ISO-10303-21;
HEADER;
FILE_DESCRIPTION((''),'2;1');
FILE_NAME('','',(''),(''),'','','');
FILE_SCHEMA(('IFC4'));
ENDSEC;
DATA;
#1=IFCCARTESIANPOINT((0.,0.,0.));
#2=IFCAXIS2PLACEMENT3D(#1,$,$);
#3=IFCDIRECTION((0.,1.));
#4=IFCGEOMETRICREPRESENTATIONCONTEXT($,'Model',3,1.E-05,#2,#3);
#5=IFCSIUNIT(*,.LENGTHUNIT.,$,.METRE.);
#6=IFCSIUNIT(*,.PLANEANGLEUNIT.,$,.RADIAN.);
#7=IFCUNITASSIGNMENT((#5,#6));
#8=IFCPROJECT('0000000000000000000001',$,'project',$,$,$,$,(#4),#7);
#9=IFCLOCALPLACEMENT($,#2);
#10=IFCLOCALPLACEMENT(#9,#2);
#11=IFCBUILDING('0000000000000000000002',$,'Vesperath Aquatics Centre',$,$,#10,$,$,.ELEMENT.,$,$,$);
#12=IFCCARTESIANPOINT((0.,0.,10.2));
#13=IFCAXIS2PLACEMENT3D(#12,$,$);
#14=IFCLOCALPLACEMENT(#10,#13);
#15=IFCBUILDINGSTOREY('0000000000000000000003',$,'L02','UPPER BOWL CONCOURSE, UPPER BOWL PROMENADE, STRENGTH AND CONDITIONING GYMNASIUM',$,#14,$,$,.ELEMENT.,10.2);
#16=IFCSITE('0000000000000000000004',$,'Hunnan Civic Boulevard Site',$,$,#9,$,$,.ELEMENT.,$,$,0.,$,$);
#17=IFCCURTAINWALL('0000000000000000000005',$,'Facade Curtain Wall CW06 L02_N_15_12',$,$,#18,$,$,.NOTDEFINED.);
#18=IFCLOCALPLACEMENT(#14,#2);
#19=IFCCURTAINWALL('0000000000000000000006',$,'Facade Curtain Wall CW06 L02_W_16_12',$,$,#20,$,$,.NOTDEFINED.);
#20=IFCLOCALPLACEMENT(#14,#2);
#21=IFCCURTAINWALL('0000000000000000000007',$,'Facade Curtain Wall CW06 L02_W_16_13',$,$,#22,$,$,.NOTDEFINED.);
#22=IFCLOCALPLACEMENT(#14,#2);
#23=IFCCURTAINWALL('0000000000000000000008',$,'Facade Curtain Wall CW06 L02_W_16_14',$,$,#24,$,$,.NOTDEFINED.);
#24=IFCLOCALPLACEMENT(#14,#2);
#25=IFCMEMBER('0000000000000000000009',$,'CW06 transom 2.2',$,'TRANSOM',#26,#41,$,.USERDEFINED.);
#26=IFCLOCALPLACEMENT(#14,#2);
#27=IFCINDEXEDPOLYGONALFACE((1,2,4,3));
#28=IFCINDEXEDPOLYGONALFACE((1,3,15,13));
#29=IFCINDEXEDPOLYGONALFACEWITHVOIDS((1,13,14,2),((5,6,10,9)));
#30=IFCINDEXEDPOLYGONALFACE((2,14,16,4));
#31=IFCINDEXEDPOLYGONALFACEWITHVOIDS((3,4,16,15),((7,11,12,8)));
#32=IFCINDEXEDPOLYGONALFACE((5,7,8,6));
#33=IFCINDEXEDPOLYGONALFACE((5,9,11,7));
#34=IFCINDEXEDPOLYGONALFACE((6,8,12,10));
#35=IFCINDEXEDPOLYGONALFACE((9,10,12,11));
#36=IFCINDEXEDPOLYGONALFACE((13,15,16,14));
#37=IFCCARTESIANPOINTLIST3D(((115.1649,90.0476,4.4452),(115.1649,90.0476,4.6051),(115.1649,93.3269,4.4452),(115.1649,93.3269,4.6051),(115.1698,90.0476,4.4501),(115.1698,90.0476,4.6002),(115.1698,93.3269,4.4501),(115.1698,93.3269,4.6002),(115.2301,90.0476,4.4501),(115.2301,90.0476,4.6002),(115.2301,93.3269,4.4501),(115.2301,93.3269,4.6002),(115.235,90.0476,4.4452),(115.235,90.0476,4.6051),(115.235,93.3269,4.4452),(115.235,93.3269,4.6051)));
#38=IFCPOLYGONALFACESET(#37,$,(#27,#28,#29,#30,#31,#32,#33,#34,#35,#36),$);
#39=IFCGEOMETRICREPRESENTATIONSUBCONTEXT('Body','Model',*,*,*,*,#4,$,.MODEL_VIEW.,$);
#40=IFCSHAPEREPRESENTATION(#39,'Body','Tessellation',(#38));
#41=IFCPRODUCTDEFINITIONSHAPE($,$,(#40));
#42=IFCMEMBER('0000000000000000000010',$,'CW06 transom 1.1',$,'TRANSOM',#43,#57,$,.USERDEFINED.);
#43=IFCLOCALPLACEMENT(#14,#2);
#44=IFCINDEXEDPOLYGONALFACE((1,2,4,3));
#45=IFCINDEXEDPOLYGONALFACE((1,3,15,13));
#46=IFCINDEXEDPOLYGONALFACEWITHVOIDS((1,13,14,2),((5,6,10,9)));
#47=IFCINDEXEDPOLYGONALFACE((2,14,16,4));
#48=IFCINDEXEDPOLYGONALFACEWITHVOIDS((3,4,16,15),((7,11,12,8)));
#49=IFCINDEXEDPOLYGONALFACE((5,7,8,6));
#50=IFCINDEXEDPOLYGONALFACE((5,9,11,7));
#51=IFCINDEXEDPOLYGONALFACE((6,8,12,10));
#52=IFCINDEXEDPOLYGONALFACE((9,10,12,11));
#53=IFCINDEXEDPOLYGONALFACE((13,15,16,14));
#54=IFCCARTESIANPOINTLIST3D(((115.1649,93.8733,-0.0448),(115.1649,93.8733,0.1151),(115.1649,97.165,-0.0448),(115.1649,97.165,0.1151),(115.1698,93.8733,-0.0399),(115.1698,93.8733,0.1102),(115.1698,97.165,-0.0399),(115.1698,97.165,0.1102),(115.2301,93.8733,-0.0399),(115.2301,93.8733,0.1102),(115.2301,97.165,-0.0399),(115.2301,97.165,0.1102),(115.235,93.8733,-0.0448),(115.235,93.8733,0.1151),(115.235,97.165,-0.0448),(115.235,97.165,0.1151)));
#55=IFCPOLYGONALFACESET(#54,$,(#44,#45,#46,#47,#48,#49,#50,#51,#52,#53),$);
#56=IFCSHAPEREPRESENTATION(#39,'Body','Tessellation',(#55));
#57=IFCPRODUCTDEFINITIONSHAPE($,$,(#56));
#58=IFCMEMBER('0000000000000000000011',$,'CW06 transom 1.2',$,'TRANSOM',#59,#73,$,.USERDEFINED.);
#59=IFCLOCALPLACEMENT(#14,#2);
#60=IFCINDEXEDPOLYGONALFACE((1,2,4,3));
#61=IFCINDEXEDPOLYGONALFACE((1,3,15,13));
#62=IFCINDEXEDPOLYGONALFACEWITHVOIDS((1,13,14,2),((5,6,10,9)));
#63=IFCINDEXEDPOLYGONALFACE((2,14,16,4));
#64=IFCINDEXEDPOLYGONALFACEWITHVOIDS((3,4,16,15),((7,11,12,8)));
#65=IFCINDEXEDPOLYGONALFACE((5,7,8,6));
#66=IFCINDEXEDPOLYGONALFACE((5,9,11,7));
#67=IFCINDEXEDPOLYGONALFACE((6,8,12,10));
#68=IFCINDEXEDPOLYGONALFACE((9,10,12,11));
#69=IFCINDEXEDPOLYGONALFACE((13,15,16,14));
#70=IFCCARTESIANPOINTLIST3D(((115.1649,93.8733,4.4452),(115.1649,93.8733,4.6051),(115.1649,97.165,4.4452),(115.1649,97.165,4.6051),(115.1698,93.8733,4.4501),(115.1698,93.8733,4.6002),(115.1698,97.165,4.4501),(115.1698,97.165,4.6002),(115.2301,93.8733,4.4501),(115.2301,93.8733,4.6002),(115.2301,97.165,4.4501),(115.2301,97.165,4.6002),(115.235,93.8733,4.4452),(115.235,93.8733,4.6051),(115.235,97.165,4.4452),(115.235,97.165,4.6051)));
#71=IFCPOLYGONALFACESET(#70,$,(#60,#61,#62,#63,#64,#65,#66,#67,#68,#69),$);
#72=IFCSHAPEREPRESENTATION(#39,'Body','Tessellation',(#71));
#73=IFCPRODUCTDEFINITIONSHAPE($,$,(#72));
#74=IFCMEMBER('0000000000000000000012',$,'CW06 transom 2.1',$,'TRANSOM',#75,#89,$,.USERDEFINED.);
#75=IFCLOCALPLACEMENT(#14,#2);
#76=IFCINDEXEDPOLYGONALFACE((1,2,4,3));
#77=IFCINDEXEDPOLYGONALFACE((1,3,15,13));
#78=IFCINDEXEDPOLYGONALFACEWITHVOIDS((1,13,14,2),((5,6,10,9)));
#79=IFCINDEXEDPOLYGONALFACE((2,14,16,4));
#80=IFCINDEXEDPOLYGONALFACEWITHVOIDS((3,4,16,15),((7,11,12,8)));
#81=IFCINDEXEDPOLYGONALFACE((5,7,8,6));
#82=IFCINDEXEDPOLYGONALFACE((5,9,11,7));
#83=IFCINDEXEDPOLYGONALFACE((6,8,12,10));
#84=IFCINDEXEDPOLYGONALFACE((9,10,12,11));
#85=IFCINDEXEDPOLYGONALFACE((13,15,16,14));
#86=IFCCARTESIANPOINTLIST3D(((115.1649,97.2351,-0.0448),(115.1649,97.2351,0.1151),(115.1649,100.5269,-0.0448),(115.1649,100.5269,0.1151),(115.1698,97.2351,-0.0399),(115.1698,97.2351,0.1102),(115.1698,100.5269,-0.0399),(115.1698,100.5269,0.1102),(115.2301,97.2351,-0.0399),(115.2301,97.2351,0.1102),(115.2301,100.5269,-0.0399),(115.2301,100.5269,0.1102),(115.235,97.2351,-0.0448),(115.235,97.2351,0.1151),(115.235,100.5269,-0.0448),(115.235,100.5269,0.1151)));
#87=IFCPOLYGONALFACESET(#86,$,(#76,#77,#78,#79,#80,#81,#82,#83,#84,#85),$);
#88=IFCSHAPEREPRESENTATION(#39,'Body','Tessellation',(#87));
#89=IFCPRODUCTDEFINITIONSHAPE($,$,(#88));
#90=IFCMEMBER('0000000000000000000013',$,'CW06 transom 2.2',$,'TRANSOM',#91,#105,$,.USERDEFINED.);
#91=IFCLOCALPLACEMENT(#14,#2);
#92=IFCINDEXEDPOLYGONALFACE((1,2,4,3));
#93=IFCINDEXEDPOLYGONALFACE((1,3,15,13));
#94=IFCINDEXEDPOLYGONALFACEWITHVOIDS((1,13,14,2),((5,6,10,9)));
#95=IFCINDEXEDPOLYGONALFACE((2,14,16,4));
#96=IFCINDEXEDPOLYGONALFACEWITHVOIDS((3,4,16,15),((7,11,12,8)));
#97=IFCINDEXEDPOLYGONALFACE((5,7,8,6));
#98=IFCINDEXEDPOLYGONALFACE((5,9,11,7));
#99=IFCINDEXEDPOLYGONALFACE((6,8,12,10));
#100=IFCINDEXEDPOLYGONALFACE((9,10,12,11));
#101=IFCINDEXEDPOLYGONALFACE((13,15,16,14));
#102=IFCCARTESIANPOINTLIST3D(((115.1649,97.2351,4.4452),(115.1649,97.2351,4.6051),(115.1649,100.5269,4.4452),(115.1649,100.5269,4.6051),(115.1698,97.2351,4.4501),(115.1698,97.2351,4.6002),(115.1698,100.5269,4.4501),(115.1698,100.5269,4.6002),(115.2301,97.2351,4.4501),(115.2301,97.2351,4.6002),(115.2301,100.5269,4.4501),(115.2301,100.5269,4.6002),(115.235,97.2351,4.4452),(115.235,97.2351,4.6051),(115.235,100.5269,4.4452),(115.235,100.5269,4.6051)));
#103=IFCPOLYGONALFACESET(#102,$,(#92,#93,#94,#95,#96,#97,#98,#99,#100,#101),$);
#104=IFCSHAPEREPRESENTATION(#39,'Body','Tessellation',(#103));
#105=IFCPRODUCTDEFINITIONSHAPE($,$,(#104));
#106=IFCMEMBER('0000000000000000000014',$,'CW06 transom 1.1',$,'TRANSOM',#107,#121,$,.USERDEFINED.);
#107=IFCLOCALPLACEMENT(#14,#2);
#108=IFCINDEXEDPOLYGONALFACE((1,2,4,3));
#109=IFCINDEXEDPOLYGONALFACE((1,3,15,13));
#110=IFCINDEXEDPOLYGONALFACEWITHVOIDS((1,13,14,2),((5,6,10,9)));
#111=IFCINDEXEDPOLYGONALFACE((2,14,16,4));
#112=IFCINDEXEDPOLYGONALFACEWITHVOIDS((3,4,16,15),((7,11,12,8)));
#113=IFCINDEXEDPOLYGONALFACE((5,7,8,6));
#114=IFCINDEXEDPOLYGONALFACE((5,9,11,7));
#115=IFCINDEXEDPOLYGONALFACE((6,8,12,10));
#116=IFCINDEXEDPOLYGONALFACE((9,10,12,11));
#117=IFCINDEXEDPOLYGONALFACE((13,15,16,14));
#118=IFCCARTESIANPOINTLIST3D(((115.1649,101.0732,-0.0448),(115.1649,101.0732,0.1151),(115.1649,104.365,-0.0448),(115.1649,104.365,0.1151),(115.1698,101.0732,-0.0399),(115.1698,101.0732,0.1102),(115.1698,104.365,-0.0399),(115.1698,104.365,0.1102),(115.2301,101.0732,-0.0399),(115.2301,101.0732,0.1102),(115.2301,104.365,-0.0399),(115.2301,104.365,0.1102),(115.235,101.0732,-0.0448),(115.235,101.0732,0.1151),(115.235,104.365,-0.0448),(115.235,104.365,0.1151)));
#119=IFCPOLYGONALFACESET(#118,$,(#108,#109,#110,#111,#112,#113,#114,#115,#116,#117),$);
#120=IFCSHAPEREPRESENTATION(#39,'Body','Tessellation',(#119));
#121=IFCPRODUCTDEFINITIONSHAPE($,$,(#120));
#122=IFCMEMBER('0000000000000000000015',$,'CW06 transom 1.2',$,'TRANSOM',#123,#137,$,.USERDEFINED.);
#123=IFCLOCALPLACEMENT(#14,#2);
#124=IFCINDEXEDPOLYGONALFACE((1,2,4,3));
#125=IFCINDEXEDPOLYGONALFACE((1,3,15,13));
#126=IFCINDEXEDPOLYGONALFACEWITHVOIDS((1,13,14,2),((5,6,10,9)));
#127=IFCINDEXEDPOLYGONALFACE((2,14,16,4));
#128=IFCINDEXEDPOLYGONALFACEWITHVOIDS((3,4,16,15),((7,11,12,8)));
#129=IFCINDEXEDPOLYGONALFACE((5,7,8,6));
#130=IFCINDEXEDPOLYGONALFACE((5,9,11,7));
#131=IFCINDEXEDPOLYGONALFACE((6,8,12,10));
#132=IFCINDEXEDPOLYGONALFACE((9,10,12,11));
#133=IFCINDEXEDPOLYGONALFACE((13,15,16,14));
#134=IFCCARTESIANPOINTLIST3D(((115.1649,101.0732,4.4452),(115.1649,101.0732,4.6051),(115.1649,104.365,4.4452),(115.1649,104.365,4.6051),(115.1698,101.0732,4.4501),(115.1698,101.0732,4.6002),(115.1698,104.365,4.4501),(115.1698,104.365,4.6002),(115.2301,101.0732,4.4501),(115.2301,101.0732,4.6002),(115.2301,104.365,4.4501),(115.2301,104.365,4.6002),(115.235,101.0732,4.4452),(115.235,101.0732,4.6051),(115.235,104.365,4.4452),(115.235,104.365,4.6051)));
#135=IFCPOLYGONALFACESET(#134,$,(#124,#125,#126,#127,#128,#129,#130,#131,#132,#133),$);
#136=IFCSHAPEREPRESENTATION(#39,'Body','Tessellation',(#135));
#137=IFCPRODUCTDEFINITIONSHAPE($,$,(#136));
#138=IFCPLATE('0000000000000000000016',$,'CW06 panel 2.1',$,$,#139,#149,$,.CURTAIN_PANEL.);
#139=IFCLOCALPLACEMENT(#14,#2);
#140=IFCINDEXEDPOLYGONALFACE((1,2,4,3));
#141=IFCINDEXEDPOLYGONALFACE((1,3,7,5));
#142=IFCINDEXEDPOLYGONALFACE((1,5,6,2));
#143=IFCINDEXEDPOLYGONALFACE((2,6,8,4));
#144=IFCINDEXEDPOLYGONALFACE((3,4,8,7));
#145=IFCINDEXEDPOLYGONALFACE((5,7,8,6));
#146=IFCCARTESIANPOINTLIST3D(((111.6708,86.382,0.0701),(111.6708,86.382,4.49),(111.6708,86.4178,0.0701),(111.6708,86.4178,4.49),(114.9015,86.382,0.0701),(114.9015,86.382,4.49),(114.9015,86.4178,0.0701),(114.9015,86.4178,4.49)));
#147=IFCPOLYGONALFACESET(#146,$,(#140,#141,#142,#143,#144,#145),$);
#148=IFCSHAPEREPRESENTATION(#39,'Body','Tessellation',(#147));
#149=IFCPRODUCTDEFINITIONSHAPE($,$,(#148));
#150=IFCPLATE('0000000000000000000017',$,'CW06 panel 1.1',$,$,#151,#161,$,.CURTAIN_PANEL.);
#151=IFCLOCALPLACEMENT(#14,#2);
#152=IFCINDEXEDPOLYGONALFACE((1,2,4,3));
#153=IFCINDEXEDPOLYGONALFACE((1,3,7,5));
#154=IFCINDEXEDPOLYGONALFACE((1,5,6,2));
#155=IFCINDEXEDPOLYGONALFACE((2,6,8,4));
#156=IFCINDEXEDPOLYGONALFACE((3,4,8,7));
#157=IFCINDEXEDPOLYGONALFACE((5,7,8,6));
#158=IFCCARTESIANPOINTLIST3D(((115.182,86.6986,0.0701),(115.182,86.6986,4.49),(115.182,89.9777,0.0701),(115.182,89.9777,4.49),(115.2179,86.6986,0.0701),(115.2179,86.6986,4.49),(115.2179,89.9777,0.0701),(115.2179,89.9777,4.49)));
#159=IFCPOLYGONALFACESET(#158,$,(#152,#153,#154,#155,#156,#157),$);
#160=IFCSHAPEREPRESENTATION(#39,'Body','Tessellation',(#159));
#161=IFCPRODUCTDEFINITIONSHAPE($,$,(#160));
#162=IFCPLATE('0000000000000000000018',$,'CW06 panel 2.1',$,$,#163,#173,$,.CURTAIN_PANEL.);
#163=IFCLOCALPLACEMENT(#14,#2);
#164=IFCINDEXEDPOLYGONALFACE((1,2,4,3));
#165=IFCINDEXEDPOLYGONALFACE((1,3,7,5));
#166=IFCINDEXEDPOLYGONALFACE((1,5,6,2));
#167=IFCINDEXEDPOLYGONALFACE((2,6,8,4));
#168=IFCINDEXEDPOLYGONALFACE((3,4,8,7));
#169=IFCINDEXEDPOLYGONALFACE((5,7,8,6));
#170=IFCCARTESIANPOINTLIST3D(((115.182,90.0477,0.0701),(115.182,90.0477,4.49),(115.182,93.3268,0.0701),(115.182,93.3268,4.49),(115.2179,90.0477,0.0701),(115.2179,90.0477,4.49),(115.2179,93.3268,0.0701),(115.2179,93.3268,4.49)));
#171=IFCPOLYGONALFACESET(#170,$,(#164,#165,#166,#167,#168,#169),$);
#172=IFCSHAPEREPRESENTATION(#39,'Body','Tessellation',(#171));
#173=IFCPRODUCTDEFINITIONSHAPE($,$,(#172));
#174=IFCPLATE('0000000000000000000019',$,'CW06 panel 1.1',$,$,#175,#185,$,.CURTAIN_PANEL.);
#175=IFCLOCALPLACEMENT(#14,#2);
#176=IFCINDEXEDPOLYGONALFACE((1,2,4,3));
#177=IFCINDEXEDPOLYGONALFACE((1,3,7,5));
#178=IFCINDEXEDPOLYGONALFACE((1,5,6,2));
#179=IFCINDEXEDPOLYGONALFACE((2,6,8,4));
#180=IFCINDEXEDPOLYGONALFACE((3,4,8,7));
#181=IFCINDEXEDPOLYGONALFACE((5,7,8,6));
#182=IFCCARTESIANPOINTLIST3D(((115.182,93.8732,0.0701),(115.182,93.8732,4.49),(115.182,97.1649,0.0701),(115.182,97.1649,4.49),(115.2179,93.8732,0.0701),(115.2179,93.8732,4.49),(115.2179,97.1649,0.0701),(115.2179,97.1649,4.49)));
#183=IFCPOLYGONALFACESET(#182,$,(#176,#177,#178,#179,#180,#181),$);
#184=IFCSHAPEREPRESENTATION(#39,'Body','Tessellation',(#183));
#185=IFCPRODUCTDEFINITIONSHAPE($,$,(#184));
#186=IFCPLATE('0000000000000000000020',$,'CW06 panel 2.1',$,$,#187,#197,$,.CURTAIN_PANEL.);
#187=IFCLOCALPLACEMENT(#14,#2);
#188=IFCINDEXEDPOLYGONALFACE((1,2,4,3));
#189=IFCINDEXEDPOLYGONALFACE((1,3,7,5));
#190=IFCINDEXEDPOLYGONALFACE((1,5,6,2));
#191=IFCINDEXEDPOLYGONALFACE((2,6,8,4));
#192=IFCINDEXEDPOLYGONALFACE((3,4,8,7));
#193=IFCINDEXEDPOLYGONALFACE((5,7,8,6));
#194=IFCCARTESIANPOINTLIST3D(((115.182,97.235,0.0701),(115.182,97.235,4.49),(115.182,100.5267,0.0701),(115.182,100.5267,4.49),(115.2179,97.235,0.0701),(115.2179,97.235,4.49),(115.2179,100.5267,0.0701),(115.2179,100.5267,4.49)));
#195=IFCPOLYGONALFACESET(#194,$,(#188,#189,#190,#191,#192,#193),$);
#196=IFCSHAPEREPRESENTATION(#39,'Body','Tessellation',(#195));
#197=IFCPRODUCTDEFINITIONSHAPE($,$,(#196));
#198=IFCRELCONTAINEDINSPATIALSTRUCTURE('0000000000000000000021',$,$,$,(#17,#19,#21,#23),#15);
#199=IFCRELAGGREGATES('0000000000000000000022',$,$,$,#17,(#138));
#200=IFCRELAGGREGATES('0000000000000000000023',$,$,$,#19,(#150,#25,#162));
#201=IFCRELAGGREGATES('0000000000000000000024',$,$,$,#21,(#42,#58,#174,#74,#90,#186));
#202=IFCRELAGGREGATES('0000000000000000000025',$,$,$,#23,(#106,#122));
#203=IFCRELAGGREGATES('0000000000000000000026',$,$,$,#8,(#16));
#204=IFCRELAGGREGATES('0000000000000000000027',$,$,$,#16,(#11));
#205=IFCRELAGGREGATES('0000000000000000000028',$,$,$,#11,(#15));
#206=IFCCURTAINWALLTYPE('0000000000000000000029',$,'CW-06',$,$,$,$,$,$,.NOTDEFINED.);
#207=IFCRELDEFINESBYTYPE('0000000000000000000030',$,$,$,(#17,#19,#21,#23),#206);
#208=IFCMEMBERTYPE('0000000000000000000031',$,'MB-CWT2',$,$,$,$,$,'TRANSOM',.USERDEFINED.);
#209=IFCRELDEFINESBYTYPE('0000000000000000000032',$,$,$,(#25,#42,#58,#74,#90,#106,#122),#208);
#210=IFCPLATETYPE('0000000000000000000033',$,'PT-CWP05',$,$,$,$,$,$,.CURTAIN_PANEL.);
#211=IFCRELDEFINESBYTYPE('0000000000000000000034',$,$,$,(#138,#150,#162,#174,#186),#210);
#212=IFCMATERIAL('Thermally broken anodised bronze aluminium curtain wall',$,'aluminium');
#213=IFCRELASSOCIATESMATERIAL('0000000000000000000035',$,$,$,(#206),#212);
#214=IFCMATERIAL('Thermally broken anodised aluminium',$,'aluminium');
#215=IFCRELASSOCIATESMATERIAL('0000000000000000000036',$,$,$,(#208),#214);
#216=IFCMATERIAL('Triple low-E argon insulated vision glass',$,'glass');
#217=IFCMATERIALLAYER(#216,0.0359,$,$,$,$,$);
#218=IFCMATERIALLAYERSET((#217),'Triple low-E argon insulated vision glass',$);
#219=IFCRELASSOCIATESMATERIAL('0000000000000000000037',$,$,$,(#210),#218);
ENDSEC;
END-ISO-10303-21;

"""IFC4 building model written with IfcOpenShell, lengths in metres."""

from ifc_helpers import new_model, si_unit, direction, frame, origin, origin_2d, place, context, subcontext, project, spatial, rectangle, hollow_rectangle, extrude, material, layer, layer_set, material_profile, profile_set, type_object, element, aggregate, save


model = new_model("IFC4")

# Units and contexts
model_context = context("Model", 3, precision=1e-05, world=origin(), true_north=direction((0.0, 1.0)))
body_context = subcontext(model_context, "Body", "Model", "MODEL_VIEW")
ifc_project = project(units=[si_unit("LENGTHUNIT", "METRE"), si_unit("PLANEANGLEUNIT", "RADIAN")], contexts=[model_context])

# Site, building, storey
site_placement = place(None, origin())
site = spatial("IfcSite", under=ifc_project, at=site_placement, Name="Hunnan Civic Boulevard Site", CompositionType="ELEMENT", RefElevation=0.0)
building_placement = place(site_placement, origin())
building = spatial("IfcBuilding", under=site, at=building_placement, Name="Vesperath Aquatics Centre", CompositionType="ELEMENT")
storey_placement = place(building_placement, frame((0.0, 0.0, 10.2)))
storey = spatial("IfcBuildingStorey", under=building, at=storey_placement, Name="L02", Description="UPPER BOWL CONCOURSE, UPPER BOWL PROMENADE, STRENGTH AND CONDITIONING GYMNASIUM", CompositionType="ELEMENT", Elevation=10.2)

# Curtain wall
ifc_material_1 = material(Name="Thermally broken anodised bronze aluminium curtain wall", Category="aluminium")
curtain_wall_type = type_object("IfcCurtainWallType", Name="CW-06", PredefinedType="NOTDEFINED", material=ifc_material_1)
curtain_wall_1_placement = place(storey_placement, origin())
curtain_wall_1 = element("IfcCurtainWall", 1, at=curtain_wall_1_placement, inside=storey, type_object=curtain_wall_type, Name="Facade Curtain Wall CW06 L02_N_15_12", PredefinedType="NOTDEFINED")
ifc_material_2 = material(Name="Thermally broken anodised aluminium", Category="aluminium")

# Curtain walls
curtain_wall_2_placement = place(storey_placement, origin())
curtain_wall_2 = element("IfcCurtainWall", 2, at=curtain_wall_2_placement, inside=storey, type_object=curtain_wall_type, Name="Facade Curtain Wall CW06 L02_W_16_12", PredefinedType="NOTDEFINED")
curtain_wall_3_placement = place(storey_placement, origin())
curtain_wall_3 = element("IfcCurtainWall", 3, at=curtain_wall_3_placement, inside=storey, type_object=curtain_wall_type, Name="Facade Curtain Wall CW06 L02_W_16_13", PredefinedType="NOTDEFINED")

# Curtain wall
curtain_wall_4_placement = place(storey_placement, origin())
curtain_wall_4 = element("IfcCurtainWall", 4, at=curtain_wall_4_placement, inside=storey, type_object=curtain_wall_type, Name="Facade Curtain Wall CW06 L02_W_16_14", PredefinedType="NOTDEFINED")

# Members
ifc_material_profile_1 = material_profile(ifc_material_2, hollow_rectangle(XDim=0.0701, YDim=0.1599, WallThickness=0.0049, at=origin_2d()), Name="CWT 70x160x5")
ifc_profile_set_1 = profile_set([ifc_material_profile_1], Name="Thermally broken anodised aluminium")
member_type_1 = type_object("IfcMemberType", Name="MB-CWT2", ElementType="TRANSOM", PredefinedType="USERDEFINED", material=ifc_profile_set_1)
member_1_placement = place(storey_placement, frame((115.2, 90.0476, 4.5251), z_axis=(0.0, 1.0, 0.0), x_axis=(-1.0, 0.0, 0.0)))
member_1 = element("IfcMember", 5, at=member_1_placement, type_object=member_type_1, Name="CW06 transom 2.2", ObjectType="TRANSOM", PredefinedType="USERDEFINED", context=body_context, shape_type="SweptSolid", body=[
    extrude(hollow_rectangle(XDim=0.0701, YDim=0.1599, WallThickness=0.0049, at=origin_2d()), origin(), (0.0, 0.0, 1.0), 3.2793),
])
member_2_placement = place(storey_placement, frame((115.2, 93.8733, 0.0352), z_axis=(0.0, 1.0, 0.0), x_axis=(-1.0, 0.0, 0.0)))
member_2 = element("IfcMember", 6, at=member_2_placement, type_object=member_type_1, Name="CW06 transom 1.1", ObjectType="TRANSOM", PredefinedType="USERDEFINED", context=body_context, shape_type="SweptSolid", body=[
    extrude(hollow_rectangle(XDim=0.0701, YDim=0.1599, WallThickness=0.0049, at=origin_2d()), origin(), (0.0, 0.0, 1.0), 3.2917),
])
member_3_placement = place(storey_placement, frame((115.2, 93.8733, 4.5251), z_axis=(0.0, 1.0, 0.0), x_axis=(-1.0, 0.0, 0.0)))
member_3 = element("IfcMember", 7, at=member_3_placement, type_object=member_type_1, Name="CW06 transom 1.2", ObjectType="TRANSOM", PredefinedType="USERDEFINED", context=body_context, shape_type="SweptSolid", body=[
    extrude(hollow_rectangle(XDim=0.0701, YDim=0.1599, WallThickness=0.0049, at=origin_2d()), origin(), (0.0, 0.0, 1.0), 3.2917),
])
member_4_placement = place(storey_placement, frame((115.2, 97.2351, 0.0352), z_axis=(0.0, 1.0, 0.0), x_axis=(-1.0, 0.0, 0.0)))
member_4 = element("IfcMember", 8, at=member_4_placement, type_object=member_type_1, Name="CW06 transom 2.1", ObjectType="TRANSOM", PredefinedType="USERDEFINED", context=body_context, shape_type="SweptSolid", body=[
    extrude(hollow_rectangle(XDim=0.0701, YDim=0.1599, WallThickness=0.0049, at=origin_2d()), origin(), (0.0, 0.0, 1.0), 3.2917),
])
member_5_placement = place(storey_placement, frame((115.2, 97.2351, 4.5251), z_axis=(0.0, 1.0, 0.0), x_axis=(-1.0, 0.0, 0.0)))
member_5 = element("IfcMember", 9, at=member_5_placement, type_object=member_type_1, Name="CW06 transom 2.2", ObjectType="TRANSOM", PredefinedType="USERDEFINED", context=body_context, shape_type="SweptSolid", body=[
    extrude(hollow_rectangle(XDim=0.0701, YDim=0.1599, WallThickness=0.0049, at=origin_2d()), origin(), (0.0, 0.0, 1.0), 3.2917),
])
member_6_placement = place(storey_placement, frame((115.2, 101.0732, 0.0352), z_axis=(0.0, 1.0, 0.0), x_axis=(-1.0, 0.0, 0.0)))
member_6 = element("IfcMember", 10, at=member_6_placement, type_object=member_type_1, Name="CW06 transom 1.1", ObjectType="TRANSOM", PredefinedType="USERDEFINED", context=body_context, shape_type="SweptSolid", body=[
    extrude(hollow_rectangle(XDim=0.0701, YDim=0.1599, WallThickness=0.0049, at=origin_2d()), origin(), (0.0, 0.0, 1.0), 3.2917),
])
member_7_placement = place(storey_placement, frame((115.2, 101.0732, 4.5251), z_axis=(0.0, 1.0, 0.0), x_axis=(-1.0, 0.0, 0.0)))
member_7 = element("IfcMember", 11, at=member_7_placement, type_object=member_type_1, Name="CW06 transom 1.2", ObjectType="TRANSOM", PredefinedType="USERDEFINED", context=body_context, shape_type="SweptSolid", body=[
    extrude(hollow_rectangle(XDim=0.0701, YDim=0.1599, WallThickness=0.0049, at=origin_2d()), origin(), (0.0, 0.0, 1.0), 3.2917),
])

# Plates
ifc_material_3 = material(Name="Triple low-E argon insulated vision glass", Category="glass")
ifc_layer_1 = layer(ifc_material_3, 0.0359)
ifc_layer_set_1 = layer_set([ifc_layer_1], Name="Triple low-E argon insulated vision glass")
plate_type_1 = type_object("IfcPlateType", Name="PT-CWP05", PredefinedType="CURTAIN_PANEL", material=ifc_layer_set_1)
plate_1_placement = place(storey_placement, frame((113.2861, 86.3999, 0.0701), z_axis=(0.0, 0.0, 1.0), x_axis=(1.0, 0.0, 0.0)))
plate_1 = element("IfcPlate", 12, at=plate_1_placement, type_object=plate_type_1, Name="CW06 panel 2.1", PredefinedType="CURTAIN_PANEL", context=body_context, shape_type="SweptSolid", body=[
    extrude(rectangle(XDim=3.2307, YDim=0.0359, at=origin_2d()), origin(), (0.0, 0.0, 1.0), 4.4199),
])
aggregate(curtain_wall_1, [plate_1])
plate_2_placement = place(storey_placement, frame((115.2, 88.3381, 0.0701), z_axis=(0.0, 0.0, 1.0), x_axis=(0.0, 1.0, 0.0)))
plate_2 = element("IfcPlate", 13, at=plate_2_placement, type_object=plate_type_1, Name="CW06 panel 1.1", PredefinedType="CURTAIN_PANEL", context=body_context, shape_type="SweptSolid", body=[
    extrude(rectangle(XDim=3.2791, YDim=0.0359, at=origin_2d()), origin(), (0.0, 0.0, 1.0), 4.4199),
])
plate_3_placement = place(storey_placement, frame((115.2, 91.6873, 0.0701), z_axis=(0.0, 0.0, 1.0), x_axis=(0.0, 1.0, 0.0)))
plate_3 = element("IfcPlate", 14, at=plate_3_placement, type_object=plate_type_1, Name="CW06 panel 2.1", PredefinedType="CURTAIN_PANEL", context=body_context, shape_type="SweptSolid", body=[
    extrude(rectangle(XDim=3.2791, YDim=0.0359, at=origin_2d()), origin(), (0.0, 0.0, 1.0), 4.4199),
])
aggregate(curtain_wall_2, [plate_2, member_1, plate_3])
plate_4_placement = place(storey_placement, frame((115.2, 95.519, 0.0701), z_axis=(0.0, 0.0, 1.0), x_axis=(0.0, 1.0, 0.0)))
plate_4 = element("IfcPlate", 15, at=plate_4_placement, type_object=plate_type_1, Name="CW06 panel 1.1", PredefinedType="CURTAIN_PANEL", context=body_context, shape_type="SweptSolid", body=[
    extrude(rectangle(XDim=3.2917, YDim=0.0359, at=origin_2d()), origin(), (0.0, 0.0, 1.0), 4.4199),
])
plate_5_placement = place(storey_placement, frame((115.2, 98.8809, 0.0701), z_axis=(0.0, 0.0, 1.0), x_axis=(0.0, 1.0, 0.0)))
plate_5 = element("IfcPlate", 16, at=plate_5_placement, type_object=plate_type_1, Name="CW06 panel 2.1", PredefinedType="CURTAIN_PANEL", context=body_context, shape_type="SweptSolid", body=[
    extrude(rectangle(XDim=3.2917, YDim=0.0359, at=origin_2d()), origin(), (0.0, 0.0, 1.0), 4.4199),
])
aggregate(curtain_wall_3, [member_2, member_3, plate_4, member_4, member_5, plate_5])
aggregate(curtain_wall_4, [member_6, member_7])

save(model, "model.ifc")
